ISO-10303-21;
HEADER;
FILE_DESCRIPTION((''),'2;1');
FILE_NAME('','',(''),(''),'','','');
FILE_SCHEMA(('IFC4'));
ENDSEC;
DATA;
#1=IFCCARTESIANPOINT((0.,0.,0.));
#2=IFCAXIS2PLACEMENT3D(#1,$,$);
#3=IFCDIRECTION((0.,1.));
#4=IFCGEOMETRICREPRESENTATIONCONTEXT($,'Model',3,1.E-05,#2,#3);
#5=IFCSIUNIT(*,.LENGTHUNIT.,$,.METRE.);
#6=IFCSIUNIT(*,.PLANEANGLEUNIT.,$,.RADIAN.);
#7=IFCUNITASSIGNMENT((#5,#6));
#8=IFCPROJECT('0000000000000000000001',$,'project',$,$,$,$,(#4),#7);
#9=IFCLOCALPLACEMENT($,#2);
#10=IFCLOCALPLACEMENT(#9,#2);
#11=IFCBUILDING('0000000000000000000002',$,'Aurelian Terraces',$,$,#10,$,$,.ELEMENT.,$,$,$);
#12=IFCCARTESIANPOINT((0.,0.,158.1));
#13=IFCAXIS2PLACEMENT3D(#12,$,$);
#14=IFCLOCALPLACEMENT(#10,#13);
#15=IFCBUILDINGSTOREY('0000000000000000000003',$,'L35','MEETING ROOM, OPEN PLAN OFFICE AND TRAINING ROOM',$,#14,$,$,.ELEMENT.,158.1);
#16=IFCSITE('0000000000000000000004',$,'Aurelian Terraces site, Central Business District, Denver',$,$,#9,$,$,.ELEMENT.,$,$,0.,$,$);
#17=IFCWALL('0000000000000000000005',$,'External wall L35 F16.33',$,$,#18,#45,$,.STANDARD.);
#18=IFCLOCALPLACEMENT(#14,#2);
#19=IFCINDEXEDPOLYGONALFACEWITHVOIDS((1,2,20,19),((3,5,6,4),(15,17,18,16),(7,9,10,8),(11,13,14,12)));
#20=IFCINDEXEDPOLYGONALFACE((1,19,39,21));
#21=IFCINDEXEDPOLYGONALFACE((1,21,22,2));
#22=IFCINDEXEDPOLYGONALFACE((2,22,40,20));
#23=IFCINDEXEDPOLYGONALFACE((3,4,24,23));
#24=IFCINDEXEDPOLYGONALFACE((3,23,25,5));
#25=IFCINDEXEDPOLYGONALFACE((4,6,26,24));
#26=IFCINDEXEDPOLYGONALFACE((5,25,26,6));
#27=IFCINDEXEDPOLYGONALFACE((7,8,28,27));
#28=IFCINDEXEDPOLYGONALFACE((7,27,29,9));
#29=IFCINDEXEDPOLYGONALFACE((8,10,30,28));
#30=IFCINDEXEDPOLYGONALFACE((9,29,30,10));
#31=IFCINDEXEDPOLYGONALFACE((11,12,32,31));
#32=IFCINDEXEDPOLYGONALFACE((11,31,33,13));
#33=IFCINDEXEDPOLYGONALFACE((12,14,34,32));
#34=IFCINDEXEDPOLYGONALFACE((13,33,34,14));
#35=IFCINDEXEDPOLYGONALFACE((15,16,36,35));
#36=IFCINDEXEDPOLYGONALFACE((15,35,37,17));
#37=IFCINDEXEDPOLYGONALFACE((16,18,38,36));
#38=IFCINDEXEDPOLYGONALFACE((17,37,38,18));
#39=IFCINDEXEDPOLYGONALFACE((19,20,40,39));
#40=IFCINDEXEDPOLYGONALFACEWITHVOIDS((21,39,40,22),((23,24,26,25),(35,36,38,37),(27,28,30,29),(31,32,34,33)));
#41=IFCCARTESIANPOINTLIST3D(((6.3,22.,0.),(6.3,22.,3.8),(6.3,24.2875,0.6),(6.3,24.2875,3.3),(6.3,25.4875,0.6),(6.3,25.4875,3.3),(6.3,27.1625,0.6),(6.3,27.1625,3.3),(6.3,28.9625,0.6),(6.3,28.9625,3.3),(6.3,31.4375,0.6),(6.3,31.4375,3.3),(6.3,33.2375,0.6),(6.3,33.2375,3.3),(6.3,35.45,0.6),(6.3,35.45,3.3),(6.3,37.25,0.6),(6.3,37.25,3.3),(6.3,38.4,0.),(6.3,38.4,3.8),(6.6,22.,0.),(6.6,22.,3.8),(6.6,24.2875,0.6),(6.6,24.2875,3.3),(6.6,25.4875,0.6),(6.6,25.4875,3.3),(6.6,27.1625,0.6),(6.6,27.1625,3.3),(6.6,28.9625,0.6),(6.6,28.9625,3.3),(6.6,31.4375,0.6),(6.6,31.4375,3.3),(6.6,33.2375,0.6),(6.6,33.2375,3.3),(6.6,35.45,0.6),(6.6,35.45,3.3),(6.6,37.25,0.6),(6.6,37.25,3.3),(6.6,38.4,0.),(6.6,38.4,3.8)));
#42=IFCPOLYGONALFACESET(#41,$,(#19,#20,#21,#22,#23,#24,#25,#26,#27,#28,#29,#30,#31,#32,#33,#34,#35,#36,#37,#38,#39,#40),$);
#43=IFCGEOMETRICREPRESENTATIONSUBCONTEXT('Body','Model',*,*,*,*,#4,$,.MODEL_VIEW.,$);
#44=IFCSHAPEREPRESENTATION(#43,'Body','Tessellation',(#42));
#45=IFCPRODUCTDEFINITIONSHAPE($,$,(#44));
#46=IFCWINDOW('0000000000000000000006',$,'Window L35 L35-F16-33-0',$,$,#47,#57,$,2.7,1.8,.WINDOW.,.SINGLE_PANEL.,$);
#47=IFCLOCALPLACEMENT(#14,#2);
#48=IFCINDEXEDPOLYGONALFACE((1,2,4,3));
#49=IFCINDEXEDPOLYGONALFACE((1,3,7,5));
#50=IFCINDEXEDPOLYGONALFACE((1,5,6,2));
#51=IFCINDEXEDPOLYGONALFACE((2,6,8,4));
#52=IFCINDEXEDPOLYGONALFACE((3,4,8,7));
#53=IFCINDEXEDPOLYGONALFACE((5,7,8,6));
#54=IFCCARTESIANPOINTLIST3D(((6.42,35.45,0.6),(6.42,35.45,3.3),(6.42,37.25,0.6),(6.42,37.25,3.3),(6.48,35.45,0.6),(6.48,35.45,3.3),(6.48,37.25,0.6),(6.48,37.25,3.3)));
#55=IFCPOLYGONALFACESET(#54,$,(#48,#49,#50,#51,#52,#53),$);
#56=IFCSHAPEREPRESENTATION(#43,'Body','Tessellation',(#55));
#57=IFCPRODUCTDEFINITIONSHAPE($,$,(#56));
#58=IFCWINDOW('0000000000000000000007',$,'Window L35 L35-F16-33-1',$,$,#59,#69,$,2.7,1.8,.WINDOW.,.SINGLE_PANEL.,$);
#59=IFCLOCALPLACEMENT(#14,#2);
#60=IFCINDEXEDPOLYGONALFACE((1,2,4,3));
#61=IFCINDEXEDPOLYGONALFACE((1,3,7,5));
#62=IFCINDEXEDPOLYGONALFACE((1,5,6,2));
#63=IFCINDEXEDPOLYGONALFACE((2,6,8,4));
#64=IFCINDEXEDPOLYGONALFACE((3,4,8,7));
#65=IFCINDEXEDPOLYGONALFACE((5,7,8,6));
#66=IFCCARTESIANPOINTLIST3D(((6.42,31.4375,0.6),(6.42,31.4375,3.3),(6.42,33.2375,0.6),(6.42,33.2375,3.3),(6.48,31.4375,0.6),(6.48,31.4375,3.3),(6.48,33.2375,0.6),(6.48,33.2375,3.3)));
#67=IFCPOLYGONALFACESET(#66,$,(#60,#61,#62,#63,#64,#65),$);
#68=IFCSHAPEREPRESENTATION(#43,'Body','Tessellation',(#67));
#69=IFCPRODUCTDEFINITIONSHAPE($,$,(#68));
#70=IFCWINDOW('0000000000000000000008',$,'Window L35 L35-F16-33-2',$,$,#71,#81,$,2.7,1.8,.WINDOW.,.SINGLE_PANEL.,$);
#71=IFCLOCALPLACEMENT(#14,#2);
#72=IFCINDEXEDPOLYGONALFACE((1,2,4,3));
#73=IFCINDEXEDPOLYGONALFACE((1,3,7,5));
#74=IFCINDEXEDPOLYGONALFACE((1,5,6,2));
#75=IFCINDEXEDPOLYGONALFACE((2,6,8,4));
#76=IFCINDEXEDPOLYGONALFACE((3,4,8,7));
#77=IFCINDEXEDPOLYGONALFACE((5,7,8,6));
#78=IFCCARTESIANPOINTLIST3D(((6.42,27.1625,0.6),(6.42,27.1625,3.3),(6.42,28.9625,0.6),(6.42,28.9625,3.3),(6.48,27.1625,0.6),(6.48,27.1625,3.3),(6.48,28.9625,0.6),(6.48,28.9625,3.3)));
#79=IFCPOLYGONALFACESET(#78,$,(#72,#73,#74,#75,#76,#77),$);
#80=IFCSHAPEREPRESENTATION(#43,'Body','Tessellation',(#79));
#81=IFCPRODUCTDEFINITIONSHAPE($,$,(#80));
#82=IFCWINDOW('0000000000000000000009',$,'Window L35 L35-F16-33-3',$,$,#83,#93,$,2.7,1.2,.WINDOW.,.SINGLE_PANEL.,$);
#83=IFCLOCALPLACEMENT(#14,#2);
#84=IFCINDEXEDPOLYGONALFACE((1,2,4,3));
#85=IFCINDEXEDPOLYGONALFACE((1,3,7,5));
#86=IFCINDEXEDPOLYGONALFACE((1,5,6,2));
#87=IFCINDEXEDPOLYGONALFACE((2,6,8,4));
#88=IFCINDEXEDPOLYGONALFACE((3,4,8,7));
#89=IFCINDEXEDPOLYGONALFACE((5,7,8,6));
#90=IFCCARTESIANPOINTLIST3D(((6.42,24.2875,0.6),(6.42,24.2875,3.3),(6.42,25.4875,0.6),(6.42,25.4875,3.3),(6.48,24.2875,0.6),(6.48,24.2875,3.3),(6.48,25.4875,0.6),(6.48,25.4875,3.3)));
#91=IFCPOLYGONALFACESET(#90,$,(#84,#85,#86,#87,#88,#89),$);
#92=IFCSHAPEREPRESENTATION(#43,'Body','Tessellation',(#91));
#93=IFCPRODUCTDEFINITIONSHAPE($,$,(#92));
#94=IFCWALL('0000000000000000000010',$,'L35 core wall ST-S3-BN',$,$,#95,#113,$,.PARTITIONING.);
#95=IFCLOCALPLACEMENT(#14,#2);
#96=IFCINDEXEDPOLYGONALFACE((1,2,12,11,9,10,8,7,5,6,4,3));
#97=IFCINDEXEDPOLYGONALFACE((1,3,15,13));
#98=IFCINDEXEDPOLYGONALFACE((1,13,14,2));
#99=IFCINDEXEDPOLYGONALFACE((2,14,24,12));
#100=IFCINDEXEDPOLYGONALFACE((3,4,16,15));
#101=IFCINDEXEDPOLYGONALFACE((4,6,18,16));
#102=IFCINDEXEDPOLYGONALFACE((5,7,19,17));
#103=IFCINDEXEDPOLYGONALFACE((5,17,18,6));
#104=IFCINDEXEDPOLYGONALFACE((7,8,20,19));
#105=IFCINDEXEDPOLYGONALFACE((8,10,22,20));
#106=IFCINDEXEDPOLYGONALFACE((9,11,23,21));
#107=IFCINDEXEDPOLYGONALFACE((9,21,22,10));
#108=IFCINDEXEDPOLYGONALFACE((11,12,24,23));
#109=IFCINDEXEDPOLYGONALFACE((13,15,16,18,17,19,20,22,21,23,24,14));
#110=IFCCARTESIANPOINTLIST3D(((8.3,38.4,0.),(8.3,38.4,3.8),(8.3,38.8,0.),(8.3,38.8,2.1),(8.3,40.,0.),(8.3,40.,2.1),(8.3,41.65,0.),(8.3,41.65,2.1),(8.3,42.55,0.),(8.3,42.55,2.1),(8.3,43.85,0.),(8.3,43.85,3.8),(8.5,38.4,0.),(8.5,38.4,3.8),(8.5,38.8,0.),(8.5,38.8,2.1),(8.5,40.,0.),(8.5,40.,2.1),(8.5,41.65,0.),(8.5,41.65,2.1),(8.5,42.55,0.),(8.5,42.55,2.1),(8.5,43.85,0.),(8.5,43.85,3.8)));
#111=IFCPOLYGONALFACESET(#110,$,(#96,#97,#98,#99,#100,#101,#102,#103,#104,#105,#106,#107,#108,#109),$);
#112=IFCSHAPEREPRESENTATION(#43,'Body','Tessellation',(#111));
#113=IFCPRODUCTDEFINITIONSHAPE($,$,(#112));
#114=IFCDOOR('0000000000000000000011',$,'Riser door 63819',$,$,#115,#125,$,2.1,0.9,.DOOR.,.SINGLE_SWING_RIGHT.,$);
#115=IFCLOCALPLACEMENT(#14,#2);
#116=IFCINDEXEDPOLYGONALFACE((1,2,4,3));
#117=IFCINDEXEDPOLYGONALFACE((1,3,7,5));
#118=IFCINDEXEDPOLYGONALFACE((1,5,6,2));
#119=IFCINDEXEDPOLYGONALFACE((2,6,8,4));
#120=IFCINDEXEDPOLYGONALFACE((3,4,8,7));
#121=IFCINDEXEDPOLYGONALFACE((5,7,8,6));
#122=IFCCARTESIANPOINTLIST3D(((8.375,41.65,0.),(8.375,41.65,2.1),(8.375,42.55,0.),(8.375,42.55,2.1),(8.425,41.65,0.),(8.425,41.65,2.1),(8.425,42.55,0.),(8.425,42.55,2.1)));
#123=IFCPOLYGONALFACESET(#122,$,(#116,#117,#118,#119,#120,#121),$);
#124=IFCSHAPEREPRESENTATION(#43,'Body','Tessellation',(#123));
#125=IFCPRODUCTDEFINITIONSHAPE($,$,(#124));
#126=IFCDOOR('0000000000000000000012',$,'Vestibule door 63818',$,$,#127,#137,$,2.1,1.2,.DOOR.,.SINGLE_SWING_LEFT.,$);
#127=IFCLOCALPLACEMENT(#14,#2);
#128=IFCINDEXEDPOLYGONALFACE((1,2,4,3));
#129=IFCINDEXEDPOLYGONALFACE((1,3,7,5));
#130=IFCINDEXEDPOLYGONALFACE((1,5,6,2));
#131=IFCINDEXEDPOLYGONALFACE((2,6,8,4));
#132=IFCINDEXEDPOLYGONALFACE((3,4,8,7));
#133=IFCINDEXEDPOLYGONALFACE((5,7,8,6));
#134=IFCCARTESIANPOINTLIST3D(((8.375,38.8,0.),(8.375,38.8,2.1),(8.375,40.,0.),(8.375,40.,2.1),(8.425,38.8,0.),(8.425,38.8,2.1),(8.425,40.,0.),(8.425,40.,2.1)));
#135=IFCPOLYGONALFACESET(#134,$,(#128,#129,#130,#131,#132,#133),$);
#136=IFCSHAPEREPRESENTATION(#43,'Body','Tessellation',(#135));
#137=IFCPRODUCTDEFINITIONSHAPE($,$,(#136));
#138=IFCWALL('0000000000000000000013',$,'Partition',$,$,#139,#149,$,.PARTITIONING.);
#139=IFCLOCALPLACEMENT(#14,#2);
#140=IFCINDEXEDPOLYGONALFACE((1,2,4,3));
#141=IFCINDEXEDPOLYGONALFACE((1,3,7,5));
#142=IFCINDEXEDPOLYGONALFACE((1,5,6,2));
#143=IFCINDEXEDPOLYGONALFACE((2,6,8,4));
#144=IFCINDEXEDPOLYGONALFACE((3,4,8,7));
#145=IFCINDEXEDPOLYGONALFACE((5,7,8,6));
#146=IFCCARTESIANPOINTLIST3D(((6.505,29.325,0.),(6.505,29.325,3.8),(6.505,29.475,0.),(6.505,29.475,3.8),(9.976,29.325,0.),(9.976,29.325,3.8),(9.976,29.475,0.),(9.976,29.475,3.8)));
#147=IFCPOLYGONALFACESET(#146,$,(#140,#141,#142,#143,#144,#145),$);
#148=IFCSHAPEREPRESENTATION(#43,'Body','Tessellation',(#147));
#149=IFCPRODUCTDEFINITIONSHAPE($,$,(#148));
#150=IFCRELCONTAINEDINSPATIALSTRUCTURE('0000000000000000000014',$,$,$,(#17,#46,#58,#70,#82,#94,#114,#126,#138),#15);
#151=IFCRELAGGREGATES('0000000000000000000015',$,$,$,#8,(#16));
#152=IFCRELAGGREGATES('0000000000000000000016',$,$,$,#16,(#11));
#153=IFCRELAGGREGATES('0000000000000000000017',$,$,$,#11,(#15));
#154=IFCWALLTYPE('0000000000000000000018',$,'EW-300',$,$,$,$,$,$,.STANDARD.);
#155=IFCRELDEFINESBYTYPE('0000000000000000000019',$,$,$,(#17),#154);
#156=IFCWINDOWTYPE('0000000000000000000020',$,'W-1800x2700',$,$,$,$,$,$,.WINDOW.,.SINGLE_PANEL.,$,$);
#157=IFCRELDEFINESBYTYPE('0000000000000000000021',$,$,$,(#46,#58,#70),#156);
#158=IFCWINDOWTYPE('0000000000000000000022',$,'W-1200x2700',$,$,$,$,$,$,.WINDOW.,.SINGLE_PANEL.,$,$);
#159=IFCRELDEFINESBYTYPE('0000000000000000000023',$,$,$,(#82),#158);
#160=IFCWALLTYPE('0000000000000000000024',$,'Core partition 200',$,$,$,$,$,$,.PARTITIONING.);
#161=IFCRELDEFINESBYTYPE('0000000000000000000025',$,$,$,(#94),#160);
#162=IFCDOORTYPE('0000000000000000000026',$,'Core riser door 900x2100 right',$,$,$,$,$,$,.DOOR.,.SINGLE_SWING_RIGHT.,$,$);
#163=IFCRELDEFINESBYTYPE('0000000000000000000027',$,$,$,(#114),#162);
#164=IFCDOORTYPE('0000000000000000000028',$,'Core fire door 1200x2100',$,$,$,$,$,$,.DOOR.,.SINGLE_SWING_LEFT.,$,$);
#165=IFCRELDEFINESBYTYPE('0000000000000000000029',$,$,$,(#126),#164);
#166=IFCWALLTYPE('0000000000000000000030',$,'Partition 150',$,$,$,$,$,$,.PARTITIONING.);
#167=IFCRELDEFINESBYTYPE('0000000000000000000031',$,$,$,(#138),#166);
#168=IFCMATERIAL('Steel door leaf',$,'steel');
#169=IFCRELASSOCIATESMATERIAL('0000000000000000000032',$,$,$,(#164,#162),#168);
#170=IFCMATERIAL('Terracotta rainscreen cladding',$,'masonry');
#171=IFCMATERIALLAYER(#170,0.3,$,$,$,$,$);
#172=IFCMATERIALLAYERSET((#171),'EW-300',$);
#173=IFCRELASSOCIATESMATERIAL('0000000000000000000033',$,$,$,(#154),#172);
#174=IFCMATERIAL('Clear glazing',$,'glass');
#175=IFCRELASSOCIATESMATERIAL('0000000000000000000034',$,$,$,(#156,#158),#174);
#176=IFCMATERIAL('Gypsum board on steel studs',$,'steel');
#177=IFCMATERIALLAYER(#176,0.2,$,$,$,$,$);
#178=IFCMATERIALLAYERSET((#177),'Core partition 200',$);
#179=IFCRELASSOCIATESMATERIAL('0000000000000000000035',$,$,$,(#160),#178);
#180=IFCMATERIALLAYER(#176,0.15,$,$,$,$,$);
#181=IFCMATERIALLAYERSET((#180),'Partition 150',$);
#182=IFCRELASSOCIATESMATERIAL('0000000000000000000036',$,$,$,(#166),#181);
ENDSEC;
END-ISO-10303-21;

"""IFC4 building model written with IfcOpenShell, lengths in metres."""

from ifc_helpers import new_model, si_unit, direction, frame, frame_2d, origin, place, context, subcontext, project, spatial, rectangle, extrude, source, transform, mapped, material, layer, layer_set, type_object, element, fill, save


model = new_model("IFC4")

# Units and contexts
model_context = context("Model", 3, precision=1e-05, world=origin(), true_north=direction((0.0, 1.0)))
body_context = subcontext(model_context, "Body", "Model", "MODEL_VIEW")
ifc_project = project(units=[si_unit("LENGTHUNIT", "METRE"), si_unit("PLANEANGLEUNIT", "RADIAN")], contexts=[model_context])

# Site, building, storey
site_placement = place(None, origin())
site = spatial("IfcSite", under=ifc_project, at=site_placement, Name="Aurelian Terraces site, Central Business District, Denver", CompositionType="ELEMENT", RefElevation=0.0)
building_placement = place(site_placement, origin())
building = spatial("IfcBuilding", under=site, at=building_placement, Name="Aurelian Terraces", CompositionType="ELEMENT")
storey_placement = place(building_placement, frame((0.0, 0.0, 158.1)))
storey = spatial("IfcBuildingStorey", under=building, at=storey_placement, Name="L35", Description="MEETING ROOM, OPEN PLAN OFFICE AND TRAINING ROOM", CompositionType="ELEMENT", Elevation=158.1)

# Shared definitions
ifc_material_1 = material(Name="Steel door leaf", Category="steel")
door_type_1 = type_object("IfcDoorType", Name="Core fire door 1200x2100", OperationType="SINGLE_SWING_LEFT", PredefinedType="DOOR", material=ifc_material_1)
shared_shape_1 = source(origin(), body_context, "Body", "SweptSolid", [
    extrude(rectangle(XDim=1.2, YDim=2.1, at=frame_2d((0.6, 1.05))), frame((0.0, 0.025, 0.0), z_axis=(0.0, -1.0, 0.0), x_axis=(1.0, 0.0, 0.0)), (0.0, 0.0, 1.0), 0.05),
])

# Shared definitions
ifc_material_2 = material(Name="Terracotta rainscreen cladding", Category="masonry")
ifc_layer_1 = layer(ifc_material_2, 0.3)
ifc_layer_set_1 = layer_set([ifc_layer_1], Name="EW-300")
wall_type_1 = type_object("IfcWallType", Name="EW-300", PredefinedType="STANDARD", material=ifc_layer_set_1)
shared_shape_2 = source(origin(), body_context, "Body", "SweptSolid", [
    extrude(rectangle(XDim=1.8, YDim=2.7, at=frame_2d((0.9, 1.35))), frame((0.0, 0.16, 0.0), z_axis=(0.0, -1.0, 0.0), x_axis=(1.0, 0.0, 0.0)), (0.0, 0.0, 1.0), 0.32),
])
ifc_material_3 = material(Name="Clear glazing", Category="glass")
window_type_1 = type_object("IfcWindowType", Name="W-1800x2700", PartitioningType="SINGLE_PANEL", PredefinedType="WINDOW", material=ifc_material_3)
shared_shape_3 = source(origin(), body_context, "Body", "SweptSolid", [
    extrude(rectangle(XDim=1.8, YDim=2.7, at=frame_2d((0.9, 1.35))), frame((0.0, 0.03, 0.0), z_axis=(0.0, -1.0, 0.0), x_axis=(1.0, 0.0, 0.0)), (0.0, 0.0, 1.0), 0.06),
])
shared_shape_4 = source(origin(), body_context, "Body", "SweptSolid", [
    extrude(rectangle(XDim=1.2, YDim=2.7, at=frame_2d((0.6, 1.35))), frame((0.0, 0.16, 0.0), z_axis=(0.0, -1.0, 0.0), x_axis=(1.0, 0.0, 0.0)), (0.0, 0.0, 1.0), 0.32),
])
window_type_2 = type_object("IfcWindowType", Name="W-1200x2700", PartitioningType="SINGLE_PANEL", PredefinedType="WINDOW", material=ifc_material_3)
shared_shape_5 = source(origin(), body_context, "Body", "SweptSolid", [
    extrude(rectangle(XDim=1.2, YDim=2.7, at=frame_2d((0.6, 1.35))), frame((0.0, 0.03, 0.0), z_axis=(0.0, -1.0, 0.0), x_axis=(1.0, 0.0, 0.0)), (0.0, 0.0, 1.0), 0.06),
])

# Wall, openings, windows
shared_shape_6 = source(origin(), body_context, "Body", "SweptSolid", [
    extrude(rectangle(XDim=16.4, YDim=0.3, at=frame_2d((8.2, 0.0))), origin(), (0.0, 0.0, 1.0), 3.8),
])
wall_1_placement = place(storey_placement, frame((6.45, 38.4, 0.0), z_axis=(0.0, 0.0, 1.0), x_axis=(0.0, -1.0, 0.0)))
wall_1 = element("IfcWall", 1, at=wall_1_placement, inside=storey, type_object=wall_type_1, Name="External wall L35 F16.33", PredefinedType="STANDARD", context=body_context, shape_type="MappedRepresentation", body=[
    mapped(shared_shape_6, transform((0.0, 0.0, 0.0), scale=1.0)),
])
opening_1_placement = place(wall_1_placement, frame((1.15, 0.0, 0.6)))
opening_1 = element("IfcOpeningElement", 2, at=opening_1_placement, cuts=wall_1, PredefinedType="OPENING", context=body_context, shape_type="MappedRepresentation", body=[
    mapped(shared_shape_2, transform((0.0, 0.0, 0.0), scale=1.0)),
])
opening_2_placement = place(wall_1_placement, frame((5.1625, 0.0, 0.6)))
opening_2 = element("IfcOpeningElement", 3, at=opening_2_placement, cuts=wall_1, PredefinedType="OPENING", context=body_context, shape_type="MappedRepresentation", body=[
    mapped(shared_shape_2, transform((0.0, 0.0, 0.0), scale=1.0)),
])
opening_3_placement = place(wall_1_placement, frame((9.4375, 0.0, 0.6)))
opening_3 = element("IfcOpeningElement", 4, at=opening_3_placement, cuts=wall_1, PredefinedType="OPENING", context=body_context, shape_type="MappedRepresentation", body=[
    mapped(shared_shape_2, transform((0.0, 0.0, 0.0), scale=1.0)),
])
opening_4_placement = place(wall_1_placement, frame((12.9125, 0.0, 0.6)))
opening_4 = element("IfcOpeningElement", 5, at=opening_4_placement, cuts=wall_1, PredefinedType="OPENING", context=body_context, shape_type="MappedRepresentation", body=[
    mapped(shared_shape_4, transform((0.0, 0.0, 0.0), scale=1.0)),
])
window_1_placement = place(opening_1_placement, origin())
window_1 = element("IfcWindow", 6, at=window_1_placement, inside=storey, type_object=window_type_1, Name="Window L35 L35-F16-33-0", OverallHeight=2.7, OverallWidth=1.8, PartitioningType="SINGLE_PANEL", PredefinedType="WINDOW", context=body_context, shape_type="MappedRepresentation", body=[
    mapped(shared_shape_3, transform((0.0, 0.0, 0.0), scale=1.0)),
])
fill(opening_1, window_1)
window_2_placement = place(opening_2_placement, origin())
window_2 = element("IfcWindow", 7, at=window_2_placement, inside=storey, type_object=window_type_1, Name="Window L35 L35-F16-33-1", OverallHeight=2.7, OverallWidth=1.8, PartitioningType="SINGLE_PANEL", PredefinedType="WINDOW", context=body_context, shape_type="MappedRepresentation", body=[
    mapped(shared_shape_3, transform((0.0, 0.0, 0.0), scale=1.0)),
])
fill(opening_2, window_2)
window_3_placement = place(opening_3_placement, origin())
window_3 = element("IfcWindow", 8, at=window_3_placement, inside=storey, type_object=window_type_1, Name="Window L35 L35-F16-33-2", OverallHeight=2.7, OverallWidth=1.8, PartitioningType="SINGLE_PANEL", PredefinedType="WINDOW", context=body_context, shape_type="MappedRepresentation", body=[
    mapped(shared_shape_3, transform((0.0, 0.0, 0.0), scale=1.0)),
])
fill(opening_3, window_3)
window_4_placement = place(opening_4_placement, origin())
window_4 = element("IfcWindow", 9, at=window_4_placement, inside=storey, type_object=window_type_2, Name="Window L35 L35-F16-33-3", OverallHeight=2.7, OverallWidth=1.2, PartitioningType="SINGLE_PANEL", PredefinedType="WINDOW", context=body_context, shape_type="MappedRepresentation", body=[
    mapped(shared_shape_5, transform((0.0, 0.0, 0.0), scale=1.0)),
])
fill(opening_4, window_4)

# Wall, openings, doors
ifc_material_4 = material(Name="Gypsum board on steel studs", Category="steel")
ifc_layer_2 = layer(ifc_material_4, 0.2)
ifc_layer_set_2 = layer_set([ifc_layer_2], Name="Core partition 200")
wall_type_2 = type_object("IfcWallType", Name="Core partition 200", PredefinedType="PARTITIONING", material=ifc_layer_set_2)
shared_shape_7 = source(origin(), body_context, "Body", "SweptSolid", [
    extrude(rectangle(XDim=5.45, YDim=0.2, at=frame_2d((2.725, 0.0))), origin(), (0.0, 0.0, 1.0), 3.8),
])
wall_2_placement = place(storey_placement, frame((8.4, 38.4, 0.0), z_axis=(0.0, 0.0, 1.0), x_axis=(0.0, 1.0, 0.0)))
wall_2 = element("IfcWall", 10, at=wall_2_placement, inside=storey, type_object=wall_type_2, Name="L35 core wall ST-S3-BN", PredefinedType="PARTITIONING", context=body_context, shape_type="MappedRepresentation", body=[
    mapped(shared_shape_7, transform((0.0, 0.0, 0.0), scale=1.0)),
])
shared_shape_8 = source(origin(), body_context, "Body", "SweptSolid", [
    extrude(rectangle(XDim=1.2, YDim=2.1, at=frame_2d((0.6, 1.05))), frame((0.0, 0.11, 0.0), z_axis=(0.0, -1.0, 0.0), x_axis=(1.0, 0.0, 0.0)), (0.0, 0.0, 1.0), 0.22),
])
opening_5_placement = place(wall_2_placement, frame((0.4, 0.0, 0.0)))
opening_5 = element("IfcOpeningElement", 11, at=opening_5_placement, cuts=wall_2, PredefinedType="OPENING", context=body_context, shape_type="MappedRepresentation", body=[
    mapped(shared_shape_8, transform((0.0, 0.0, 0.0), scale=1.0)),
])
shared_shape_9 = source(origin(), body_context, "Body", "SweptSolid", [
    extrude(rectangle(XDim=0.9, YDim=2.1, at=frame_2d((0.45, 1.05))), frame((0.0, 0.11, 0.0), z_axis=(0.0, -1.0, 0.0), x_axis=(1.0, 0.0, 0.0)), (0.0, 0.0, 1.0), 0.22),
])
opening_6_placement = place(wall_2_placement, frame((3.25, 0.0, 0.0)))
opening_6 = element("IfcOpeningElement", 12, at=opening_6_placement, cuts=wall_2, PredefinedType="OPENING", context=body_context, shape_type="MappedRepresentation", body=[
    mapped(shared_shape_9, transform((0.0, 0.0, 0.0), scale=1.0)),
])
door_type_2 = type_object("IfcDoorType", Name="Core riser door 900x2100 right", OperationType="SINGLE_SWING_RIGHT", PredefinedType="DOOR", material=ifc_material_1)
shared_shape_10 = source(origin(), body_context, "Body", "SweptSolid", [
    extrude(rectangle(XDim=0.9, YDim=2.1, at=frame_2d((0.45, 1.05))), frame((0.0, 0.025, 0.0), z_axis=(0.0, -1.0, 0.0), x_axis=(1.0, 0.0, 0.0)), (0.0, 0.0, 1.0), 0.05),
])
door_1_placement = place(opening_6_placement, origin())
door_1 = element("IfcDoor", 13, at=door_1_placement, inside=storey, type_object=door_type_2, Name="Riser door 63819", OperationType="SINGLE_SWING_RIGHT", OverallHeight=2.1, OverallWidth=0.9, PredefinedType="DOOR", context=body_context, shape_type="MappedRepresentation", body=[
    mapped(shared_shape_10, transform((0.0, 0.0, 0.0), scale=1.0)),
])
fill(opening_6, door_1)
door_2_placement = place(opening_5_placement, origin())
door_2 = element("IfcDoor", 14, at=door_2_placement, inside=storey, type_object=door_type_1, Name="Vestibule door 63818", OperationType="SINGLE_SWING_LEFT", OverallHeight=2.1, OverallWidth=1.2, PredefinedType="DOOR", context=body_context, shape_type="MappedRepresentation", body=[
    mapped(shared_shape_1, transform((0.0, 0.0, 0.0), scale=1.0)),
])
fill(opening_5, door_2)

# Wall
ifc_layer_3 = layer(ifc_material_4, 0.15)
ifc_layer_set_3 = layer_set([ifc_layer_3], Name="Partition 150")
wall_type_3 = type_object("IfcWallType", Name="Partition 150", PredefinedType="PARTITIONING", material=ifc_layer_set_3)
shared_shape_11 = source(origin(), body_context, "Body", "SweptSolid", [
    extrude(rectangle(XDim=3.471, YDim=0.15, at=frame_2d((1.7355, 0.0))), origin(), (0.0, 0.0, 1.0), 3.8),
])
for number, where, z_axis, x_axis, name in (
    (15, (9.976, 29.4, 0.0), (0.0, 0.0, 1.0), (-1.0, 0.0, 0.0), "Partition"),
):
    element("IfcWall", number, at=place(storey_placement, frame(where, z_axis=z_axis, x_axis=x_axis)), inside=storey, type_object=wall_type_3, Name=name, PredefinedType="PARTITIONING", context=body_context, shape_type="MappedRepresentation", body=[
        mapped(shared_shape_11, transform((0.0, 0.0, 0.0), scale=1.0)),
    ])

save(model, "model.ifc")
